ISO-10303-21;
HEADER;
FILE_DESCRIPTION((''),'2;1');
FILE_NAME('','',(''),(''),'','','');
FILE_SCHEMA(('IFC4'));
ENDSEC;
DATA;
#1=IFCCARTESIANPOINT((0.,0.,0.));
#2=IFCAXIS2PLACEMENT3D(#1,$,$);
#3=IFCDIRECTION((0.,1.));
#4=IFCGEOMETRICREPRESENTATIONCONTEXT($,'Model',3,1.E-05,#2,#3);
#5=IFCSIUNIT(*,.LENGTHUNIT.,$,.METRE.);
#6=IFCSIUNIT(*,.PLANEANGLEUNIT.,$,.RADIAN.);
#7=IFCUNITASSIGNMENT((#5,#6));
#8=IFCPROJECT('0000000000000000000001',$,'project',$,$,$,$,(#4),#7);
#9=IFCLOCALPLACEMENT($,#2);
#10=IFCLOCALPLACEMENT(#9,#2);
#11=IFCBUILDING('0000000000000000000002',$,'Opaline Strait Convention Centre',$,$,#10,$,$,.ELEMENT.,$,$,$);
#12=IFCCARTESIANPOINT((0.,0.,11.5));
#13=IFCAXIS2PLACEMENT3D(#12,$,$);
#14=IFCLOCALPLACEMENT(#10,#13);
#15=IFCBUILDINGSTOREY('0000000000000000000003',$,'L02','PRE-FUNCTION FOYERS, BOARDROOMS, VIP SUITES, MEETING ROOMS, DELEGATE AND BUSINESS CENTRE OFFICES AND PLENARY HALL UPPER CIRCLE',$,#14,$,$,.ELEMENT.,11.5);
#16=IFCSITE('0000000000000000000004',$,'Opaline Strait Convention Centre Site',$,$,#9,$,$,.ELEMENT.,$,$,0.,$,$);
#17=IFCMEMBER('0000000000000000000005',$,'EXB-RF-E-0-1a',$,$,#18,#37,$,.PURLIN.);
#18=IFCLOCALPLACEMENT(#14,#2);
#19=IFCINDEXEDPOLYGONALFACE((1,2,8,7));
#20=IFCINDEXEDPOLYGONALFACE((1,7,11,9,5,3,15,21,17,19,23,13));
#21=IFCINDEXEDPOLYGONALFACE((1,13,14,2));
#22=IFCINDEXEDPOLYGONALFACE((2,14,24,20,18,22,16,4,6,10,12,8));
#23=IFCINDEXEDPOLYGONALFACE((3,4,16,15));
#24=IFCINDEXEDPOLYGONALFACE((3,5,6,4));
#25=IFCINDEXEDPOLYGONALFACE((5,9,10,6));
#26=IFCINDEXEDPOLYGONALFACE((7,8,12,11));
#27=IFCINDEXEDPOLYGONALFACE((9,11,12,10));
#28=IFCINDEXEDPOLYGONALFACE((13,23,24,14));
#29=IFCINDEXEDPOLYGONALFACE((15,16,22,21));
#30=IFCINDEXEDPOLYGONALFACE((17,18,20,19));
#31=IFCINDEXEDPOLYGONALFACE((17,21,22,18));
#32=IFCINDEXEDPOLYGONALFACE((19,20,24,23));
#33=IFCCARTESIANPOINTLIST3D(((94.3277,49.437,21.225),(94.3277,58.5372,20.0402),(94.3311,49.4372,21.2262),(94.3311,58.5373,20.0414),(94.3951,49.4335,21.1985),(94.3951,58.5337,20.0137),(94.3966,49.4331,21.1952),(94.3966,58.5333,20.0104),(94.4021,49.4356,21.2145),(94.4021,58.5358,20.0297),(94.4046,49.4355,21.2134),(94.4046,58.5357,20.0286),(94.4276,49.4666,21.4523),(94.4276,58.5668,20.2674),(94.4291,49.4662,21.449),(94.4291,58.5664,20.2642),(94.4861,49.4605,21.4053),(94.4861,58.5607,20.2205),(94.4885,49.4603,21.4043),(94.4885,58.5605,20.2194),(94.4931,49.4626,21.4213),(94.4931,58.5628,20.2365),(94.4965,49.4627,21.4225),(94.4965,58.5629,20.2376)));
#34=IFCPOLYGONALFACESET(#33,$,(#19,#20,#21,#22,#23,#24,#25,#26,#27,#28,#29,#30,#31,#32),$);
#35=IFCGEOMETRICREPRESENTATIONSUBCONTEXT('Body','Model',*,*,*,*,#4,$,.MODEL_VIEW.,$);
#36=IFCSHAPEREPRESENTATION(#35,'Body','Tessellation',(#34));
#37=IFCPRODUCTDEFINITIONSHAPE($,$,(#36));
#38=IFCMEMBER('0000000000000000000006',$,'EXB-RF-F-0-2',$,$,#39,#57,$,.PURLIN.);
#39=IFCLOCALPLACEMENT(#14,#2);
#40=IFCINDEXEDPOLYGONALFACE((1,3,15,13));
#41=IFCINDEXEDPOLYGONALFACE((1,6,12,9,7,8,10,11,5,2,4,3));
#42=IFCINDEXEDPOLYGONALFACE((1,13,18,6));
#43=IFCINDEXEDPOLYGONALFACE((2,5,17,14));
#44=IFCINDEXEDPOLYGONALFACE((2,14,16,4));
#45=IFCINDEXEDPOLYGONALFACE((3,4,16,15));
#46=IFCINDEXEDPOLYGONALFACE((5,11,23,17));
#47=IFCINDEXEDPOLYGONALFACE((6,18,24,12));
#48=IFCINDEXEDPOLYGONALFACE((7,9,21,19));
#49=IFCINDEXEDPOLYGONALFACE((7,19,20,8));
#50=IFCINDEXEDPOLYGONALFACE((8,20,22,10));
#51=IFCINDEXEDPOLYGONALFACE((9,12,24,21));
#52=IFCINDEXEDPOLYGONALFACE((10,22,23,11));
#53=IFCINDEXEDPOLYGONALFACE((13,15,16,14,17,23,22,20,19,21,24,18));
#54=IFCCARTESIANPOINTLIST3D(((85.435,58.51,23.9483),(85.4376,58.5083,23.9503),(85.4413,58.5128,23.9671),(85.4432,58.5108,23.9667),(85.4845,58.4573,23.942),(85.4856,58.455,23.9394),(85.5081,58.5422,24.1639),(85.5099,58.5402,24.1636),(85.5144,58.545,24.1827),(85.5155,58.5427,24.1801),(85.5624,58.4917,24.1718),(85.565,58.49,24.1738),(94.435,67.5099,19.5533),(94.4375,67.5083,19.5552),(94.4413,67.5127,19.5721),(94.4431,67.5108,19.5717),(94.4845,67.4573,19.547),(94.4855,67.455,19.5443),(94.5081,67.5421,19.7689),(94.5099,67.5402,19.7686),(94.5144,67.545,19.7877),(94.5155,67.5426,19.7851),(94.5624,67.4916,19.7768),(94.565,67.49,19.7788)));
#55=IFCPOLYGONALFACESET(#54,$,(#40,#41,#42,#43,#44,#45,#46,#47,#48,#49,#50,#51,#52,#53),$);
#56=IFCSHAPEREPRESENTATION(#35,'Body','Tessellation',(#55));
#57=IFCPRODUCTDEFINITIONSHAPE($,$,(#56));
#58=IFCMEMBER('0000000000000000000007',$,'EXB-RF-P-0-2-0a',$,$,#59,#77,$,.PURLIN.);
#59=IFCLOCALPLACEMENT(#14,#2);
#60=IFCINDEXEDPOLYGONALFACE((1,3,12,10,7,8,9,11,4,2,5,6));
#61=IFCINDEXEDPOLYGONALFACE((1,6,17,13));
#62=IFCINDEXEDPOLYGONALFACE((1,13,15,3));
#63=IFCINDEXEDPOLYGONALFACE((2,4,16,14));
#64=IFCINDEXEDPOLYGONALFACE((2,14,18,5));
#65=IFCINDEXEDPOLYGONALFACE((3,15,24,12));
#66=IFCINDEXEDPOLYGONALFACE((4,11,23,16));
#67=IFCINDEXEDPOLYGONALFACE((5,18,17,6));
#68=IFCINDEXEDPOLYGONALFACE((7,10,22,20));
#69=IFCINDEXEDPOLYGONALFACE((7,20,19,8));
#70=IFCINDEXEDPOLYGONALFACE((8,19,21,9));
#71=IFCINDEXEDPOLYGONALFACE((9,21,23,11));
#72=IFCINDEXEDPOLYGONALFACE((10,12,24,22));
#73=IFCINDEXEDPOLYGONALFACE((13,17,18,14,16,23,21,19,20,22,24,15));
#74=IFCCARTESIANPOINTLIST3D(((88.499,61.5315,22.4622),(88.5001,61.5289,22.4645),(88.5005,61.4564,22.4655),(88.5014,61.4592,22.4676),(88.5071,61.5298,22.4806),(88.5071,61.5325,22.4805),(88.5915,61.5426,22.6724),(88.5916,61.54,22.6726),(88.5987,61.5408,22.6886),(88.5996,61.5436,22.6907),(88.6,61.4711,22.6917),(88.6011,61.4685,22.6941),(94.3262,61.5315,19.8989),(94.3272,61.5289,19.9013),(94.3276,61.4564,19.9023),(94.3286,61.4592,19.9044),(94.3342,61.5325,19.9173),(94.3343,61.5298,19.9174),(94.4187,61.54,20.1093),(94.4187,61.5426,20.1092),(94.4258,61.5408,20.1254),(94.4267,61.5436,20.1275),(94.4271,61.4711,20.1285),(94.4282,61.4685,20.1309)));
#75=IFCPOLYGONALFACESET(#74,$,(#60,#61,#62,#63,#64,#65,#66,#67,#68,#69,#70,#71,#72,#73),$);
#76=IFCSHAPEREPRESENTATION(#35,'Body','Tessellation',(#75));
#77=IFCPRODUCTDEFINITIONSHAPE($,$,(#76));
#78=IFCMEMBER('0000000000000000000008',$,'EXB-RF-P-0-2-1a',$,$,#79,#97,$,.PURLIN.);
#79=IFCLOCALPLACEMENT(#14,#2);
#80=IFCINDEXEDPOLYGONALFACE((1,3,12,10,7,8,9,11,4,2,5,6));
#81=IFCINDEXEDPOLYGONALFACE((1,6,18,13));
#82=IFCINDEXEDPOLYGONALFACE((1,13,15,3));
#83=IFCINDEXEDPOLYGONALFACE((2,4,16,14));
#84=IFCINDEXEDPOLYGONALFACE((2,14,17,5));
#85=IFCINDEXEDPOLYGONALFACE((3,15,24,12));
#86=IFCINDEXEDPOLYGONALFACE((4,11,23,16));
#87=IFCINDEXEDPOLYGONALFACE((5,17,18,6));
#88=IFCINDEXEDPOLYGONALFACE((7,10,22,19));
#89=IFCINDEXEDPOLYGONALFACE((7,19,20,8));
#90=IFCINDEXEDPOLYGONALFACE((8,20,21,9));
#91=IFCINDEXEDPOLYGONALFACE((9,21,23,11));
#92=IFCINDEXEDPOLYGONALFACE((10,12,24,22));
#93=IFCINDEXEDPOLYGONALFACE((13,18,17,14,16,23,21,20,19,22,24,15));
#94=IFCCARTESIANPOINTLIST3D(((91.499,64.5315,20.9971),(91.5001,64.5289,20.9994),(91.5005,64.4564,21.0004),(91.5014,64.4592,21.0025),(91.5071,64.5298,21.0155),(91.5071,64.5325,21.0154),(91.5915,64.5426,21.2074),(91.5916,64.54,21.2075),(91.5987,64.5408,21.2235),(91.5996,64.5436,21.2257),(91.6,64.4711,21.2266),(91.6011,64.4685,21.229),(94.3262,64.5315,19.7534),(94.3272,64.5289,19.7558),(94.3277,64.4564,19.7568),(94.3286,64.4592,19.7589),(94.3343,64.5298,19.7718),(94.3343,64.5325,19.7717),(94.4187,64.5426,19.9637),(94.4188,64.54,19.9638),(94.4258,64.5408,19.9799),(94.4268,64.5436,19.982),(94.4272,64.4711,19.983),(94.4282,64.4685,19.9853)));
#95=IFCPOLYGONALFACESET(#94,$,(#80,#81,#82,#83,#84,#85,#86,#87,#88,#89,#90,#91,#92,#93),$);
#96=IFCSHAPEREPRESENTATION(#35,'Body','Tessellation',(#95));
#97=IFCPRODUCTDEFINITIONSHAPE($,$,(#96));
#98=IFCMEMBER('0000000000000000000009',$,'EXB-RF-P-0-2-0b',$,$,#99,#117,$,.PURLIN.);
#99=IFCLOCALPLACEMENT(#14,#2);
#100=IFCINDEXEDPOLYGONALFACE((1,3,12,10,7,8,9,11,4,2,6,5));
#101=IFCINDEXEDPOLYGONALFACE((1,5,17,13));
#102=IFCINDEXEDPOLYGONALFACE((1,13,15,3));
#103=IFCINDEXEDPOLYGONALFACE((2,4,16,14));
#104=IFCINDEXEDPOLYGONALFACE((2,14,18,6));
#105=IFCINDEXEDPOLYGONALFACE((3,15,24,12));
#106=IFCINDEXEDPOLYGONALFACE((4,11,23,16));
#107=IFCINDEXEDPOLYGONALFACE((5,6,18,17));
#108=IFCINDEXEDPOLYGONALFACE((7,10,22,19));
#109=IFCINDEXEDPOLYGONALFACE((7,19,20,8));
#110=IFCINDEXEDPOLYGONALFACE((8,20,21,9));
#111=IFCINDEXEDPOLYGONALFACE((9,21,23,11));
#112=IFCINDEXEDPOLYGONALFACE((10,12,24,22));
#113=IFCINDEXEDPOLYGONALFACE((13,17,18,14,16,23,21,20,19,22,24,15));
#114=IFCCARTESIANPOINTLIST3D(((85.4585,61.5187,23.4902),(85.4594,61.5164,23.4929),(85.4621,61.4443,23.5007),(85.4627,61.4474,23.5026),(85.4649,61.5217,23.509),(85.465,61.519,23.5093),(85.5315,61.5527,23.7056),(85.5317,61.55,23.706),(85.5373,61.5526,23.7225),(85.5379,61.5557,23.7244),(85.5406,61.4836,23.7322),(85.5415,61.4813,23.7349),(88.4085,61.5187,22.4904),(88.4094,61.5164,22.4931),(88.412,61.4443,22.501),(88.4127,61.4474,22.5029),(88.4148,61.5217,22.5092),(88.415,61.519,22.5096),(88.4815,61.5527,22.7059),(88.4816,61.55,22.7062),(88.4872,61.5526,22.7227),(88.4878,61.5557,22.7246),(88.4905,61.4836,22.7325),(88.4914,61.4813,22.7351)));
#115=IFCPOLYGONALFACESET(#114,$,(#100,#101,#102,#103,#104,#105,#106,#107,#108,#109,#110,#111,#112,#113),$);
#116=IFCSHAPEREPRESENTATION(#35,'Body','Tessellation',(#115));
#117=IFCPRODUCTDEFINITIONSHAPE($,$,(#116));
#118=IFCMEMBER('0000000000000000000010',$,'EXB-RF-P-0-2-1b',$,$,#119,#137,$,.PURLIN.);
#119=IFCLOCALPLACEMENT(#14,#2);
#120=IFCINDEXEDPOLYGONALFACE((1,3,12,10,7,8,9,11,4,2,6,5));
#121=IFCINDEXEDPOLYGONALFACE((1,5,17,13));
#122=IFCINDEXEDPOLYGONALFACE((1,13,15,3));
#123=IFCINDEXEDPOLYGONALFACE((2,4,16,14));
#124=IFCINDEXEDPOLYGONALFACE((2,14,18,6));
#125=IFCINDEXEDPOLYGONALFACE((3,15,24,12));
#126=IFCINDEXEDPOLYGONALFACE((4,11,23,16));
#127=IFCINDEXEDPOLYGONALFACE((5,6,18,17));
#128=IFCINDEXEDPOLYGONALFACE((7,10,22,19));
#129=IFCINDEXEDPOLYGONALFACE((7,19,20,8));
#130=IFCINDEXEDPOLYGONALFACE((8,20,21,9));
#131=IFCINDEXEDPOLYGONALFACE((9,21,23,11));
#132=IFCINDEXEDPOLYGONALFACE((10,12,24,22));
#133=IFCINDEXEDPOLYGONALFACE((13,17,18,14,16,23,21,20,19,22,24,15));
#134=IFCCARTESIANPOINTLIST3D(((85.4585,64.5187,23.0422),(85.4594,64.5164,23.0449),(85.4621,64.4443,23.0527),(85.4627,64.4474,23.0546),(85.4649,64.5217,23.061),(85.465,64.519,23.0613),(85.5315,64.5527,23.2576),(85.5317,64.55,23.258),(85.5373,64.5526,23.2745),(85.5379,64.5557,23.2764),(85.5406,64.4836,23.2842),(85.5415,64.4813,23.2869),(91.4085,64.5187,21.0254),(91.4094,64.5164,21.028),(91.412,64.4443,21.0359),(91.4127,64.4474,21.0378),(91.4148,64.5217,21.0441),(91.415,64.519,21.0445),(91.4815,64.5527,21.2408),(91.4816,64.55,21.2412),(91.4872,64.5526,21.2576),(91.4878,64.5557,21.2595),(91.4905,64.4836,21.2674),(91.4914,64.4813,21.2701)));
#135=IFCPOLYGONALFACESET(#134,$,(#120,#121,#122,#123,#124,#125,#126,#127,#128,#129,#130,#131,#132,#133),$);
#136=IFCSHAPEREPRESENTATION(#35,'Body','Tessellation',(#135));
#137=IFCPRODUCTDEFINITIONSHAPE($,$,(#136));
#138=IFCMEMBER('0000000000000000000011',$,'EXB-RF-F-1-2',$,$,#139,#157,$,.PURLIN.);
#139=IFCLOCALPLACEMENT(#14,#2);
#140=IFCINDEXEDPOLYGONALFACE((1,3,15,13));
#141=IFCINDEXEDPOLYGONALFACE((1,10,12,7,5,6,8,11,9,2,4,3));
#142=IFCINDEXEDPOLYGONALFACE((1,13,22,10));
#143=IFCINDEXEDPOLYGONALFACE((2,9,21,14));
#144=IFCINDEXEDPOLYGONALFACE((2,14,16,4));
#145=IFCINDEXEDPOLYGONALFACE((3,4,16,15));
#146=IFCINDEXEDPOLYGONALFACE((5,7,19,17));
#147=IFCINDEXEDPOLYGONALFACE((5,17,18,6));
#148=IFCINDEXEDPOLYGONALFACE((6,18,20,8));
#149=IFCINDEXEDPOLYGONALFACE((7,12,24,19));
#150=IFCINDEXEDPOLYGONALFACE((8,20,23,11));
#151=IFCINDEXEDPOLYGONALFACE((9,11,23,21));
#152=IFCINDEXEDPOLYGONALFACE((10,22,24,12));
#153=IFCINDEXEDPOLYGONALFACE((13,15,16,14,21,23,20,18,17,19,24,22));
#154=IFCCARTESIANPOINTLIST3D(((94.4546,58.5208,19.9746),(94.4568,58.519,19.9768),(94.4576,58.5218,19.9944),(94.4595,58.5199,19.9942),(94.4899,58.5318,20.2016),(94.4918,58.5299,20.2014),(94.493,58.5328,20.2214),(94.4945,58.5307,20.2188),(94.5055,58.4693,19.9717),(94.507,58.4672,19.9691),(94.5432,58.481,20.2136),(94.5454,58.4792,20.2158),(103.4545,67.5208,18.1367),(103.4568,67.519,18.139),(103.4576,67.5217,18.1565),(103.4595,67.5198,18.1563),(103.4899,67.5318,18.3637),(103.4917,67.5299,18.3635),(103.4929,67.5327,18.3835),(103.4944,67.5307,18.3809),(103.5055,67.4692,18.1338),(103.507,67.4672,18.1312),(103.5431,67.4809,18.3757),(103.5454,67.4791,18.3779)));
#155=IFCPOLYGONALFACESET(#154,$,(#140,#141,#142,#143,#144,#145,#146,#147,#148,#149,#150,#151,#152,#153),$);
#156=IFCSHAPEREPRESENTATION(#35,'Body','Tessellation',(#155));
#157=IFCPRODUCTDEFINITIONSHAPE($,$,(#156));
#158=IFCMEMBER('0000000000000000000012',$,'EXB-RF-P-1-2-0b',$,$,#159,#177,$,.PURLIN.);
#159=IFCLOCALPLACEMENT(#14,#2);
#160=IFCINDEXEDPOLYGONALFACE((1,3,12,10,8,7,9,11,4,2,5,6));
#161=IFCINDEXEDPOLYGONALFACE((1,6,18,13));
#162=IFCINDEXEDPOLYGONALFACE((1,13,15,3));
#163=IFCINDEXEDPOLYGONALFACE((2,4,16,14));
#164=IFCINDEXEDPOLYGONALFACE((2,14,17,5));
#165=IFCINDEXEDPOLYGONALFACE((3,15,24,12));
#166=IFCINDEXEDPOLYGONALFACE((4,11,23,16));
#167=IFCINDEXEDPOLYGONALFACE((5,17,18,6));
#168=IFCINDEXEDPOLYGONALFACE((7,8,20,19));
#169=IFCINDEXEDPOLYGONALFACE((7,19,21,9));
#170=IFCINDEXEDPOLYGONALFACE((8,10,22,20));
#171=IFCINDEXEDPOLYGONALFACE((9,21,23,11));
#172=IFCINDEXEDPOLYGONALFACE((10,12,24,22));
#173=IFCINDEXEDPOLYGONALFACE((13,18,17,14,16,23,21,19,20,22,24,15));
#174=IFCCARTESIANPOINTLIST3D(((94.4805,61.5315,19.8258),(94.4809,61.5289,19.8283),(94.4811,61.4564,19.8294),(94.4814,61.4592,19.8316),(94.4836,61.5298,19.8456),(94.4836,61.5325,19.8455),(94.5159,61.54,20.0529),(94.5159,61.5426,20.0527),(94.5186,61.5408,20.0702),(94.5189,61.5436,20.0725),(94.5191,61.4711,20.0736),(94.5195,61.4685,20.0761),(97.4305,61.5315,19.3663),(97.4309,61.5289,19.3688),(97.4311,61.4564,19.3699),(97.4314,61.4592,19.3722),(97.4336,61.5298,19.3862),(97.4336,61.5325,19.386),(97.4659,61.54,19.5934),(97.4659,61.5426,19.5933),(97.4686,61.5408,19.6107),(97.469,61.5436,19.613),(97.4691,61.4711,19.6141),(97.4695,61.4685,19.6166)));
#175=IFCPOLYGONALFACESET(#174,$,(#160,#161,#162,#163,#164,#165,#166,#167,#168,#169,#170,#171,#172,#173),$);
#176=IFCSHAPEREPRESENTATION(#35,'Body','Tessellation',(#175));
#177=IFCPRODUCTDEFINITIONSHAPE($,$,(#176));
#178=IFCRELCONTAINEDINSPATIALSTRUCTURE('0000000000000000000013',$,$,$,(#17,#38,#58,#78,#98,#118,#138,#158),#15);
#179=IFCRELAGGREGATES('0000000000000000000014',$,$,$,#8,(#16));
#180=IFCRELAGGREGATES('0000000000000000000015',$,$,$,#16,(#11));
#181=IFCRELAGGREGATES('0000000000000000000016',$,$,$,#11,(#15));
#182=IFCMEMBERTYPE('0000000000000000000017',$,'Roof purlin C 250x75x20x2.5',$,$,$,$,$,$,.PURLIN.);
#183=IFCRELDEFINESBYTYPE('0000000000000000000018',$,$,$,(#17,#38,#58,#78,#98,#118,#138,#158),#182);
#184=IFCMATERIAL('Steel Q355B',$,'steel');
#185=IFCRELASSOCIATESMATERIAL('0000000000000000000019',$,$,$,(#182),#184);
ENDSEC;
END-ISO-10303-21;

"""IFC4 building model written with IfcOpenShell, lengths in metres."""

from ifc_helpers import new_model, si_unit, direction, frame, origin, place, context, subcontext, project, spatial, polyline, outline, extrude, material, material_profile, profile_set, type_object, element, save


model = new_model("IFC4")

# Units and contexts
model_context = context("Model", 3, precision=1e-05, world=origin(), true_north=direction((0.0, 1.0)))
body_context = subcontext(model_context, "Body", "Model", "MODEL_VIEW")
ifc_project = project(units=[si_unit("LENGTHUNIT", "METRE"), si_unit("PLANEANGLEUNIT", "RADIAN")], contexts=[model_context])

# Site, building, storey
site_placement = place(None, origin())
site = spatial("IfcSite", under=ifc_project, at=site_placement, Name="Opaline Strait Convention Centre Site", CompositionType="ELEMENT", RefElevation=0.0)
building_placement = place(site_placement, origin())
building = spatial("IfcBuilding", under=site, at=building_placement, Name="Opaline Strait Convention Centre", CompositionType="ELEMENT")
storey_placement = place(building_placement, frame((0.0, 0.0, 11.5)))
storey = spatial("IfcBuildingStorey", under=building, at=storey_placement, Name="L02", Description="PRE-FUNCTION FOYERS, BOARDROOMS, VIP SUITES, MEETING ROOMS, DELEGATE AND BUSINESS CENTRE OFFICES AND PLENARY HALL UPPER CIRCLE", CompositionType="ELEMENT", Elevation=11.5)

# Members
ifc_material_1 = material(Name="Steel Q355B", Category="steel")
ifc_material_profile_1 = material_profile(ifc_material_1, outline(polyline([(-0.0376, -0.125), (0.0376, -0.125), (0.0376, -0.105), (0.0349, -0.105), (0.0349, -0.1226), (-0.0349, -0.1226), (-0.0349, 0.1226), (0.0349, 0.1226), (0.0349, 0.105), (0.0376, 0.105), (0.0376, 0.125), (-0.0376, 0.125), (-0.0376, -0.125)])), Name="C 250x75x20x2.5")
ifc_profile_set_1 = profile_set([ifc_material_profile_1], Name="Steel Q355B")
member_type_1 = type_object("IfcMemberType", Name="Roof purlin C 250x75x20x2.5", PredefinedType="PURLIN", material=ifc_profile_set_1)
member_1_placement = place(storey_placement, frame((94.4121, 58.55, 20.1389), z_axis=(0.0, -0.99163, 0.129108), x_axis=(0.916598, -0.051619, -0.396464)))
element("IfcMember", 1, at=member_1_placement, inside=storey, type_object=member_type_1, Name="EXB-RF-E-0-1a", PredefinedType="PURLIN", context=body_context, shape_type="SweptSolid", body=[
    extrude(outline(polyline([(-0.0376, -0.125), (0.0376, -0.125), (0.0376, -0.105), (0.0349, -0.105), (0.0349, -0.1226), (-0.0349, -0.1226), (-0.0349, 0.1226), (0.0349, 0.1226), (0.0349, 0.105), (0.0376, 0.105), (0.0376, 0.125), (-0.0376, 0.125), (-0.0376, -0.125)])), origin(), (0.0, 0.0, 1.0), 9.177),
])
member_2_placement = place(storey_placement, frame((85.5, 58.5, 24.061), z_axis=(0.668381, 0.668381, -0.326394), x_axis=(-0.672492, 0.730507, 0.118801)))
element("IfcMember", 2, at=member_2_placement, inside=storey, type_object=member_type_1, Name="EXB-RF-F-0-2", PredefinedType="PURLIN", context=body_context, shape_type="SweptSolid", body=[
    extrude(outline(polyline([(-0.0376, -0.125), (0.0376, -0.125), (0.0376, -0.105), (0.0349, -0.105), (0.0349, -0.1226), (-0.0349, -0.1226), (-0.0349, 0.1226), (0.0349, 0.1226), (0.0349, 0.105), (0.0376, 0.105), (0.0376, 0.125), (-0.0376, 0.125), (-0.0376, -0.125)])), origin(), (0.0, 0.0, 1.0), 13.4653),
])
member_3_placement = place(storey_placement, frame((88.55, 61.5, 22.5781), z_axis=(0.915356, 0.0, -0.402645), x_axis=(-0.019501, 0.998826, -0.044334)))
element("IfcMember", 3, at=member_3_placement, inside=storey, type_object=member_type_1, Name="EXB-RF-P-0-2-0a", PredefinedType="PURLIN", context=body_context, shape_type="SweptSolid", body=[
    extrude(outline(polyline([(-0.0376, -0.125), (0.0376, -0.125), (0.0376, -0.105), (0.0349, -0.105), (0.0349, -0.1226), (-0.0349, -0.1226), (-0.0349, 0.1226), (0.0349, 0.1226), (0.0349, 0.105), (0.0376, 0.105), (0.0376, 0.125), (-0.0376, 0.125), (-0.0376, -0.125)])), origin(), (0.0, 0.0, 1.0), 6.366),
])
member_4_placement = place(storey_placement, frame((91.55, 64.5, 21.113), z_axis=(0.91535, 0.0, -0.402659), x_axis=(-0.019502, 0.998826, -0.044333)))
element("IfcMember", 4, at=member_4_placement, inside=storey, type_object=member_type_1, Name="EXB-RF-P-0-2-1a", PredefinedType="PURLIN", context=body_context, shape_type="SweptSolid", body=[
    extrude(outline(polyline([(-0.0376, -0.125), (0.0376, -0.125), (0.0376, -0.105), (0.0349, -0.105), (0.0349, -0.1226), (-0.0349, -0.1226), (-0.0349, 0.1226), (0.0349, 0.1226), (0.0349, 0.105), (0.0376, 0.105), (0.0376, 0.125), (-0.0376, 0.125), (-0.0376, -0.125)])), origin(), (0.0, 0.0, 1.0), 3.0886),
])
member_5_placement = place(storey_placement, frame((85.5, 61.5, 23.6125), z_axis=(0.947088, 0.0, -0.320974), x_axis=(-0.047429, 0.989022, -0.139948)))
element("IfcMember", 5, at=member_5_placement, inside=storey, type_object=member_type_1, Name="EXB-RF-P-0-2-0b", PredefinedType="PURLIN", context=body_context, shape_type="SweptSolid", body=[
    extrude(outline(polyline([(-0.0376, -0.125), (0.0376, -0.125), (0.0376, -0.105), (0.0349, -0.105), (0.0349, -0.1226), (-0.0349, -0.1226), (-0.0349, 0.1226), (0.0349, 0.1226), (0.0349, 0.105), (0.0376, 0.105), (0.0376, 0.125), (-0.0376, 0.125), (-0.0376, -0.125)])), origin(), (0.0, 0.0, 1.0), 3.1147),
])
member_6_placement = place(storey_placement, frame((85.5, 64.5, 23.1646), z_axis=(0.94707, 0.0, -0.321027), x_axis=(-0.047437, 0.989022, -0.139945)))
element("IfcMember", 6, at=member_6_placement, inside=storey, type_object=member_type_1, Name="EXB-RF-P-0-2-1b", PredefinedType="PURLIN", context=body_context, shape_type="SweptSolid", body=[
    extrude(outline(polyline([(-0.0376, -0.125), (0.0376, -0.125), (0.0376, -0.105), (0.0349, -0.105), (0.0349, -0.1226), (-0.0349, -0.1226), (-0.0349, 0.1226), (0.0349, 0.1226), (0.0349, 0.105), (0.0376, 0.105), (0.0376, 0.125), (-0.0376, 0.125), (-0.0376, -0.125)])), origin(), (0.0, 0.0, 1.0), 6.2825),
])
member_7_placement = place(storey_placement, frame((94.5, 58.5, 20.0952), z_axis=(0.699848, 0.699848, -0.142916), x_axis=(-0.697562, 0.712686, 0.074064)))
element("IfcMember", 7, at=member_7_placement, inside=storey, type_object=member_type_1, Name="EXB-RF-F-1-2", PredefinedType="PURLIN", context=body_context, shape_type="SweptSolid", body=[
    extrude(outline(polyline([(-0.0376, -0.125), (0.0376, -0.125), (0.0376, -0.105), (0.0349, -0.105), (0.0349, -0.1226), (-0.0349, -0.1226), (-0.0349, 0.1226), (0.0349, 0.1226), (0.0349, 0.105), (0.0376, 0.105), (0.0376, 0.125), (-0.0376, 0.125), (-0.0376, -0.125)])), origin(), (0.0, 0.0, 1.0), 12.8599),
])
member_8_placement = place(storey_placement, frame((94.5, 61.5, 19.9509), z_axis=(0.988086, 0.0, -0.1539), x_axis=(-0.007454, 0.998826, -0.047856)))
element("IfcMember", 8, at=member_8_placement, inside=storey, type_object=member_type_1, Name="EXB-RF-P-1-2-0b", PredefinedType="PURLIN", context=body_context, shape_type="SweptSolid", body=[
    extrude(outline(polyline([(-0.0376, -0.125), (0.0376, -0.125), (0.0376, -0.105), (0.0349, -0.105), (0.0349, -0.1226), (-0.0349, -0.1226), (-0.0349, 0.1226), (0.0349, 0.1226), (0.0349, 0.105), (0.0376, 0.105), (0.0376, 0.125), (-0.0376, 0.125), (-0.0376, -0.125)])), origin(), (0.0, 0.0, 1.0), 2.9856),
])

save(model, "model.ifc")
